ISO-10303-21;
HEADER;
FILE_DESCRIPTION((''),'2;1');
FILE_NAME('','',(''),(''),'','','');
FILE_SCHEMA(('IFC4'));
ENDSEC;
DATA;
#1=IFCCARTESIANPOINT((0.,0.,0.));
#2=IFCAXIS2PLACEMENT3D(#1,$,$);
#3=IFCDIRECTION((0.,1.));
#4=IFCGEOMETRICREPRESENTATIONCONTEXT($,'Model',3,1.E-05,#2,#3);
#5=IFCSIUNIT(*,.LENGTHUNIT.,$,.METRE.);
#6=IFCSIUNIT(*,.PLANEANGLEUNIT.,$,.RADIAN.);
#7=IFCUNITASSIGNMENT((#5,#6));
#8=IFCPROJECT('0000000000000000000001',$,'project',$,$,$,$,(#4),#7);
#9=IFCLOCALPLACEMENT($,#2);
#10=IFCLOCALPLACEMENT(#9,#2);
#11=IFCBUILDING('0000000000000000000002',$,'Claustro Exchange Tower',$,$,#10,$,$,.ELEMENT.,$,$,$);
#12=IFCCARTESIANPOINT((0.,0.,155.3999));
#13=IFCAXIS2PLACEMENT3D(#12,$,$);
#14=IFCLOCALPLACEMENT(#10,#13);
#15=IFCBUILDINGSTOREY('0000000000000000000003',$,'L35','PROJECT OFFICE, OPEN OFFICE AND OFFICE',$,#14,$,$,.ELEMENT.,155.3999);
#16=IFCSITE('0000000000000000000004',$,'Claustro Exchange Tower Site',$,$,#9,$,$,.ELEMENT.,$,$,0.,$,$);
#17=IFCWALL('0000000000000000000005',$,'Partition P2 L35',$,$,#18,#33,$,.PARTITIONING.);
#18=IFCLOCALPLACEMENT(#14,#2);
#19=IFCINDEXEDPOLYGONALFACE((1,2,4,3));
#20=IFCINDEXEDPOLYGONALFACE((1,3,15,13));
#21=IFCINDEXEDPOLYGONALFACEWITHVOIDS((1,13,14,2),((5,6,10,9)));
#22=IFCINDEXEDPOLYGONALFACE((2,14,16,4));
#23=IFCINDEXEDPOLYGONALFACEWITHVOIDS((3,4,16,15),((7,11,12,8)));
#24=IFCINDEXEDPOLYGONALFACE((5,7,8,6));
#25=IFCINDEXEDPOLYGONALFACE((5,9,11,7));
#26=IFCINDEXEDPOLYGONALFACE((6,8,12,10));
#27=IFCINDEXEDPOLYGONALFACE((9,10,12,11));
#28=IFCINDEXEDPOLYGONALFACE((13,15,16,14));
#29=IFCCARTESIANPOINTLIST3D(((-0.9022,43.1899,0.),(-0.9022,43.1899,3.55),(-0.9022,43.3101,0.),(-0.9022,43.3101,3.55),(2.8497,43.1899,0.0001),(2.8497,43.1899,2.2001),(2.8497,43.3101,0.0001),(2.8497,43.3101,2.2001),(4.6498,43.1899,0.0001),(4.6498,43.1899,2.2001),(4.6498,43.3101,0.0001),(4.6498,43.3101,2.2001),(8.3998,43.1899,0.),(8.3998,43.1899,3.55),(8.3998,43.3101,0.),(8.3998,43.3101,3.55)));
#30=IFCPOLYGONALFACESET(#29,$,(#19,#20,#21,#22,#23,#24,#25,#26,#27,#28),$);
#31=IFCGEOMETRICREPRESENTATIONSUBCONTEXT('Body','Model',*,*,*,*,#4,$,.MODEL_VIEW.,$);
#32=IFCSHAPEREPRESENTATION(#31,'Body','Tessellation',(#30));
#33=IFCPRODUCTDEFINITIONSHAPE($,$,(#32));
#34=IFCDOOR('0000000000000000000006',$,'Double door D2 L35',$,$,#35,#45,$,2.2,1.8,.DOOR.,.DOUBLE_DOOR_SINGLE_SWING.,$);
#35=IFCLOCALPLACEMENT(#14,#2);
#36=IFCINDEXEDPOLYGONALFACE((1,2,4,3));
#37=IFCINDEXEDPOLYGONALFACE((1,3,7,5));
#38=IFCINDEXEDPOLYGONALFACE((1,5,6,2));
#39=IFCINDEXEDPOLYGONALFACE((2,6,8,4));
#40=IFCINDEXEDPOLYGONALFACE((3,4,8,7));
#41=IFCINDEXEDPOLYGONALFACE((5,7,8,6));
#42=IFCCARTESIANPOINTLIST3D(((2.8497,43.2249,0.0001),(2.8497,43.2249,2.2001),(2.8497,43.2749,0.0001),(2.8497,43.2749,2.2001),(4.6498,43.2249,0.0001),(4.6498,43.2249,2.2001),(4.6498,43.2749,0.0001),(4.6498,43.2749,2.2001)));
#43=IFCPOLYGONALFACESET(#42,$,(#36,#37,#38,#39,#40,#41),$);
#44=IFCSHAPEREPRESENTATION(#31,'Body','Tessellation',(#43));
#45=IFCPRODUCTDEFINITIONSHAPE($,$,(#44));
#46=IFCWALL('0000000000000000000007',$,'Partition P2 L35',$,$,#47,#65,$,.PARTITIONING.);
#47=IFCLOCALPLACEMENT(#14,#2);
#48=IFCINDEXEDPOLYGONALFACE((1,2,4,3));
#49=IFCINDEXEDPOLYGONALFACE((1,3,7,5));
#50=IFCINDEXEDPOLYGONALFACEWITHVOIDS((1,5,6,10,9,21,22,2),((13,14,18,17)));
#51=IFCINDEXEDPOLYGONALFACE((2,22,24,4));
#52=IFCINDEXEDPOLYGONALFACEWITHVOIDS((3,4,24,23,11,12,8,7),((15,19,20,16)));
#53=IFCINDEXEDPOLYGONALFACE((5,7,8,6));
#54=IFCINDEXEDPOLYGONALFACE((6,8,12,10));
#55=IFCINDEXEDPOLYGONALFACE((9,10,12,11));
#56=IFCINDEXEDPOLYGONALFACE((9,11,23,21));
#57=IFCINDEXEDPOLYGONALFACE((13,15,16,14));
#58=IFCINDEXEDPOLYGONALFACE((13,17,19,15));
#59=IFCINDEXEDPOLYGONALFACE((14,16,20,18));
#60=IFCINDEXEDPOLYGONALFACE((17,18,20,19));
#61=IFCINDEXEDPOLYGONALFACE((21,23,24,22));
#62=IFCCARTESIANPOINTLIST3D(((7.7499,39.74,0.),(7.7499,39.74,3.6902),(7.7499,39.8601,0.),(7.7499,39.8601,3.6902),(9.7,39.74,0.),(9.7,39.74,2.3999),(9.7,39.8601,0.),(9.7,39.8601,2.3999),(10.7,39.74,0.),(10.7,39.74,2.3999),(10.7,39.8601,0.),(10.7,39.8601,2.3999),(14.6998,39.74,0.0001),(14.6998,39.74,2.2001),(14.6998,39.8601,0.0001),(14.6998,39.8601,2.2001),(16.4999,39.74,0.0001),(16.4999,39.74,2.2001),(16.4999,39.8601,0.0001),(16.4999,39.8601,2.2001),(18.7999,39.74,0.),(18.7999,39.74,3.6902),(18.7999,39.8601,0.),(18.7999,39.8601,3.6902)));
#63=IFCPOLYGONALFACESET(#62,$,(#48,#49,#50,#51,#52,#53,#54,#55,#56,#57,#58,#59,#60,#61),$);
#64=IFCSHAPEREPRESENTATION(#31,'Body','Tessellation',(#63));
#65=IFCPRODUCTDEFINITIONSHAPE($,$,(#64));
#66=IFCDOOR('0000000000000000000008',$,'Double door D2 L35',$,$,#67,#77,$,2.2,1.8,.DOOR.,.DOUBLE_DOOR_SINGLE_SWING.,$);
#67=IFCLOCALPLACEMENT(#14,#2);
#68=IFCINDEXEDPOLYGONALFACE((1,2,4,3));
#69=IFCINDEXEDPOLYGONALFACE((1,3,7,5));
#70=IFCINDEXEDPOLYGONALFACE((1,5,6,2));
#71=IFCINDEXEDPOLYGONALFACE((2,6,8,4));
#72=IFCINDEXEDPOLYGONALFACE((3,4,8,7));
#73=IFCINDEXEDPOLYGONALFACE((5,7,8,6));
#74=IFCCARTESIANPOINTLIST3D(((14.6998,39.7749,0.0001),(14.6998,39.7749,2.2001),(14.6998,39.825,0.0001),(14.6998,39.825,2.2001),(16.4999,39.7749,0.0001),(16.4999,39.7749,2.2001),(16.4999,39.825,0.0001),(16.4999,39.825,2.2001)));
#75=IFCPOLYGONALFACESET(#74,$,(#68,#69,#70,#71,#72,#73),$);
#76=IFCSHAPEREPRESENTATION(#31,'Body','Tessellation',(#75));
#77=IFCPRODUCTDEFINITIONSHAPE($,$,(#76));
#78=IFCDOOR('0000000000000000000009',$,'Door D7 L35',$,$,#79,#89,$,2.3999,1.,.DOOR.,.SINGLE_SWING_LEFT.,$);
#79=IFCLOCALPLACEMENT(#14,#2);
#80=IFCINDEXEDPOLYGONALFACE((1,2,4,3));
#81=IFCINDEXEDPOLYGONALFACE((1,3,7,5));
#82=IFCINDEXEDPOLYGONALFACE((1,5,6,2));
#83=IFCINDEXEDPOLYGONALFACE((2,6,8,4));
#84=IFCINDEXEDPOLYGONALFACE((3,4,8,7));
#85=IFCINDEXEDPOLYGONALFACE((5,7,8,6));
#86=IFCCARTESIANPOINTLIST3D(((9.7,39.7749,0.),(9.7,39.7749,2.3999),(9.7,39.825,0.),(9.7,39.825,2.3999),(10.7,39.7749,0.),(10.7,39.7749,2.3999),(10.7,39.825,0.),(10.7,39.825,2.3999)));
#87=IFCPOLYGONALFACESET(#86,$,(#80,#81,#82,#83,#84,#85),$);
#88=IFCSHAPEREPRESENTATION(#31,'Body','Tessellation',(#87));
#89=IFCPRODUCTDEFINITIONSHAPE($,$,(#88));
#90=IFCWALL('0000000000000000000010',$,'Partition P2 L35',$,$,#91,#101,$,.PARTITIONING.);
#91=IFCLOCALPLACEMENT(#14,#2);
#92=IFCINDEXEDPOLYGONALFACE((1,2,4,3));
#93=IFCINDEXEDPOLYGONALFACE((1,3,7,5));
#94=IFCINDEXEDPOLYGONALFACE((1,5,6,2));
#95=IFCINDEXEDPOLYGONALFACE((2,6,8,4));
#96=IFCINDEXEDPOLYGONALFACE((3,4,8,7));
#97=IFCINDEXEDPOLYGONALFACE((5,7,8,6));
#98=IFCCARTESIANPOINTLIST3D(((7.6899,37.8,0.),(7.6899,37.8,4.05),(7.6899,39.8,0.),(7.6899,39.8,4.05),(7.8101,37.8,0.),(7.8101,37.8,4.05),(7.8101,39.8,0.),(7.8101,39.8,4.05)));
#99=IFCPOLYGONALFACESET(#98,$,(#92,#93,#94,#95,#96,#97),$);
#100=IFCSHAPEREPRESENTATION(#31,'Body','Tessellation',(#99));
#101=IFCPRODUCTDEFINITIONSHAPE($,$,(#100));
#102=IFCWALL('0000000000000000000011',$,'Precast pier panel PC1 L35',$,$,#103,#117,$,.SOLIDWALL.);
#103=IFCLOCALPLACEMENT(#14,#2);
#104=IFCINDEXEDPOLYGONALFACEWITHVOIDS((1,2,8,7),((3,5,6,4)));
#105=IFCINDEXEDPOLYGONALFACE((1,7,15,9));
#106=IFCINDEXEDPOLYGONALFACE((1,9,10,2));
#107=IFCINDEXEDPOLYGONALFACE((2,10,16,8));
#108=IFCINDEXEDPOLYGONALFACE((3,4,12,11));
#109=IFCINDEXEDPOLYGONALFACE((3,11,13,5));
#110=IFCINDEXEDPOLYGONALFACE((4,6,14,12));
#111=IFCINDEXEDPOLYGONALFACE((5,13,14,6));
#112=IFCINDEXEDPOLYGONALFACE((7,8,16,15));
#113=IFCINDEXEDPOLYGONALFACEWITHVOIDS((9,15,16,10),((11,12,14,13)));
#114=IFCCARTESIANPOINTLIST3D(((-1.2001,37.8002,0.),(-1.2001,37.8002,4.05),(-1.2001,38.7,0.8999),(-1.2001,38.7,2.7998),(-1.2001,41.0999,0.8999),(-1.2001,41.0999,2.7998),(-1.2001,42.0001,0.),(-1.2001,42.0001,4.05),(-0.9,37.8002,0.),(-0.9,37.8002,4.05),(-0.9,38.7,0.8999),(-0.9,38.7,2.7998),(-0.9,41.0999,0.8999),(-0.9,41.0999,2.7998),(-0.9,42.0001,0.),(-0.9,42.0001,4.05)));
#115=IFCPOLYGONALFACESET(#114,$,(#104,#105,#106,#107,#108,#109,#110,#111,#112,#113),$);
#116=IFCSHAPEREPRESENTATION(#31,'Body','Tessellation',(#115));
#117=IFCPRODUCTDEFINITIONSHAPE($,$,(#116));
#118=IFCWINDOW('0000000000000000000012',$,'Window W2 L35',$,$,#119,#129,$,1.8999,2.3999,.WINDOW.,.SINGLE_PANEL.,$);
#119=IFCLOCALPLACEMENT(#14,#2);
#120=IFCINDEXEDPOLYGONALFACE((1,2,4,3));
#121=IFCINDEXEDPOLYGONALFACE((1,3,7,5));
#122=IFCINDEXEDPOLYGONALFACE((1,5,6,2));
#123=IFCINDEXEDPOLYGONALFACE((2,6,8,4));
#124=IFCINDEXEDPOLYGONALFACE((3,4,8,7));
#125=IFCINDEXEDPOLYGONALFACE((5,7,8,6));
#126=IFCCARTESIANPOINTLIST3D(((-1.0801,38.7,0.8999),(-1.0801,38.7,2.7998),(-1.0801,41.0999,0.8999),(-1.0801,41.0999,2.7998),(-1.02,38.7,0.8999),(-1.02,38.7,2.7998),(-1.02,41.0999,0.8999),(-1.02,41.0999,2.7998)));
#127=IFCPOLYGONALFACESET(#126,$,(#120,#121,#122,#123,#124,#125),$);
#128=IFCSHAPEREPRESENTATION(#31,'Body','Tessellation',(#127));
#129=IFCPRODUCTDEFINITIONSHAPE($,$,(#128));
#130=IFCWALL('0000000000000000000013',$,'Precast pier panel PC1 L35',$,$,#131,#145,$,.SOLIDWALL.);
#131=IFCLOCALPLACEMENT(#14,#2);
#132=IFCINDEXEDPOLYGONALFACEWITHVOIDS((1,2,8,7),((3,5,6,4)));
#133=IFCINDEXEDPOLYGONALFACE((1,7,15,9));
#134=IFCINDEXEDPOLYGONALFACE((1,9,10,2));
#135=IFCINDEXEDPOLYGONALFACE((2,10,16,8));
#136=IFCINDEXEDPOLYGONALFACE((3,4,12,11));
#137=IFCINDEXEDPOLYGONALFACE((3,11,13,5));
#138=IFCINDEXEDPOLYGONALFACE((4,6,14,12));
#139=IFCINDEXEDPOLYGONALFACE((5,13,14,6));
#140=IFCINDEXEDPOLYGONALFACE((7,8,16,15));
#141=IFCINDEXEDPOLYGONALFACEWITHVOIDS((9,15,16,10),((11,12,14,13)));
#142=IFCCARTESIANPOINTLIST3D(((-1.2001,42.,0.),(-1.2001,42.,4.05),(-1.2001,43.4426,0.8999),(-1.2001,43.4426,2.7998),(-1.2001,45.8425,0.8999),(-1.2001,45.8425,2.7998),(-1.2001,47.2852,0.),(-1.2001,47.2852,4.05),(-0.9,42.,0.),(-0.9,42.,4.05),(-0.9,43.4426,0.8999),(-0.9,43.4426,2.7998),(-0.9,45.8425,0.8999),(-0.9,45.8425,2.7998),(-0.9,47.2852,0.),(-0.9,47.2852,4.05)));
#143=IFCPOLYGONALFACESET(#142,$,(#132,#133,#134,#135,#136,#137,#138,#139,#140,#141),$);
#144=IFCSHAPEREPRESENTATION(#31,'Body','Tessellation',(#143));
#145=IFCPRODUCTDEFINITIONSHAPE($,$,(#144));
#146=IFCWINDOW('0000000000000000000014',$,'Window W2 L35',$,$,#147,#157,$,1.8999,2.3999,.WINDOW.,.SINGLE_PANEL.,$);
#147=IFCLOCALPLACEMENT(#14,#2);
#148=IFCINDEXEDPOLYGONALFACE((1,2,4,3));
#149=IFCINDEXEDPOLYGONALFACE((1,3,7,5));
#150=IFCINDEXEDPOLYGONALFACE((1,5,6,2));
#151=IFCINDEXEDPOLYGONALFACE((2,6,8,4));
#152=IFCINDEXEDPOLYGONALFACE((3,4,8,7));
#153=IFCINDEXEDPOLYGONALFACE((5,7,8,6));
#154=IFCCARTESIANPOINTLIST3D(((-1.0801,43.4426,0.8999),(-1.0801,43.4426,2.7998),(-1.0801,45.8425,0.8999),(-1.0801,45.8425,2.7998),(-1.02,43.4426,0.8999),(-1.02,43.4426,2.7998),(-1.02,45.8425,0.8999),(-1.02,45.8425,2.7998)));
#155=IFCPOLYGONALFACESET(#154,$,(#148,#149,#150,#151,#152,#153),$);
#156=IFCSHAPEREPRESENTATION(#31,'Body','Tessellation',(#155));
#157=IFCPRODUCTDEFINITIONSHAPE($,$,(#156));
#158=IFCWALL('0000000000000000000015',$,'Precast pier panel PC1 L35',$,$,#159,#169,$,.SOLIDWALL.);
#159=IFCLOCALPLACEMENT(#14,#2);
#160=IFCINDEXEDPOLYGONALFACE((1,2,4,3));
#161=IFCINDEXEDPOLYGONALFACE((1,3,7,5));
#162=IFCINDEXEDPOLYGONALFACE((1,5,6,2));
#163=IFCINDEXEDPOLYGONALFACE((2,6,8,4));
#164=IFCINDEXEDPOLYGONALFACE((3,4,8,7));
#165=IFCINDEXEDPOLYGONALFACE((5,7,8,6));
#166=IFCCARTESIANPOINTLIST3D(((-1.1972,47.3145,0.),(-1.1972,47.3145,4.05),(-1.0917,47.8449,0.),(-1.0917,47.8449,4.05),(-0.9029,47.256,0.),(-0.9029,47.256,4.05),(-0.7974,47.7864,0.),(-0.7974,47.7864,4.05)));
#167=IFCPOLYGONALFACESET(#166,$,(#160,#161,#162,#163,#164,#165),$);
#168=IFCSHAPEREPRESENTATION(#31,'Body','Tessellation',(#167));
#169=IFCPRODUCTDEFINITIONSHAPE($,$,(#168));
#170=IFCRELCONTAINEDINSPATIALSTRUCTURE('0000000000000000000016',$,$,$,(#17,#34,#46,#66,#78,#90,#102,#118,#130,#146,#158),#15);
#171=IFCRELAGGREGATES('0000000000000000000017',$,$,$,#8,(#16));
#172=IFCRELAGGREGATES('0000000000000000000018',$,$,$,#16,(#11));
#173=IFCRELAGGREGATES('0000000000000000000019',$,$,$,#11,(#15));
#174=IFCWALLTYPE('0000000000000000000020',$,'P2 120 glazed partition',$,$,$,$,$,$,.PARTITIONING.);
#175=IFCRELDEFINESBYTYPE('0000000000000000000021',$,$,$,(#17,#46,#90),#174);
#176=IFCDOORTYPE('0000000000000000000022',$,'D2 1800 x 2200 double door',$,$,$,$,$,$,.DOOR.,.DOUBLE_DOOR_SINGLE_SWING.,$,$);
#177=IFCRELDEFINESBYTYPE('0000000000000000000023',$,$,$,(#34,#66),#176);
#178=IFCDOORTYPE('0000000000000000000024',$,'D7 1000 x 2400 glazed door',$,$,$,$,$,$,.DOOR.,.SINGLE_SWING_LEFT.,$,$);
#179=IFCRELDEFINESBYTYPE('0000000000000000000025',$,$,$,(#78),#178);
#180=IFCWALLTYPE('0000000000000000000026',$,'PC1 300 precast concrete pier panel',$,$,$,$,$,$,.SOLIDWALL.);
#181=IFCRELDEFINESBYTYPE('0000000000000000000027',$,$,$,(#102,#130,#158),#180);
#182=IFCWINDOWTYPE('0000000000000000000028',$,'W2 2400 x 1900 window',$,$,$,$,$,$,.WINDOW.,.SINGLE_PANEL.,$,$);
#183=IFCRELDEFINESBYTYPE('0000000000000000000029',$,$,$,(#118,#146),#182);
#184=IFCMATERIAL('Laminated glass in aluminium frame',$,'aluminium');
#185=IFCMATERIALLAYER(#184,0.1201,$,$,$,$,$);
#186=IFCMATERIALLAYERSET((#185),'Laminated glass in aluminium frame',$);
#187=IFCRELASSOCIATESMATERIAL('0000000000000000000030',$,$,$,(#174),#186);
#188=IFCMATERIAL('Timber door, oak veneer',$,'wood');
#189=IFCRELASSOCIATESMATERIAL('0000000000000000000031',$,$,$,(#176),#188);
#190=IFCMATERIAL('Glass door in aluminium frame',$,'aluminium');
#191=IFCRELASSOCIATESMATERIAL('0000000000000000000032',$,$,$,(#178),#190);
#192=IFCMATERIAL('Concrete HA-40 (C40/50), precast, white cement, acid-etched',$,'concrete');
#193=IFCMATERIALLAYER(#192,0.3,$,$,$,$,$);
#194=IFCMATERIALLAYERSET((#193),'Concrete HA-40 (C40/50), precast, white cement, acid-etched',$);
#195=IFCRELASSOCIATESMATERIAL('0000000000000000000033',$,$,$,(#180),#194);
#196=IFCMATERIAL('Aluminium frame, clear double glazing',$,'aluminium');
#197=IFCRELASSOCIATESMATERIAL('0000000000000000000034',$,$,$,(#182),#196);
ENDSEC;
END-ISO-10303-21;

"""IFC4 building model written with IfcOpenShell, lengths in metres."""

from ifc_helpers import new_model, si_unit, direction, frame, frame_2d, origin, place, context, subcontext, project, spatial, rectangle, extrude, material, layer, layer_set, type_object, element, fill, save


model = new_model("IFC4")

# Units and contexts
model_context = context("Model", 3, precision=1e-05, world=origin(), true_north=direction((0.0, 1.0)))
body_context = subcontext(model_context, "Body", "Model", "MODEL_VIEW")
ifc_project = project(units=[si_unit("LENGTHUNIT", "METRE"), si_unit("PLANEANGLEUNIT", "RADIAN")], contexts=[model_context])

# Site, building, storey
site_placement = place(None, origin())
site = spatial("IfcSite", under=ifc_project, at=site_placement, Name="Claustro Exchange Tower Site", CompositionType="ELEMENT", RefElevation=0.0)
building_placement = place(site_placement, origin())
building = spatial("IfcBuilding", under=site, at=building_placement, Name="Claustro Exchange Tower", CompositionType="ELEMENT")
storey_placement = place(building_placement, frame((0.0, 0.0, 155.3999)))
storey = spatial("IfcBuildingStorey", under=building, at=storey_placement, Name="L35", Description="PROJECT OFFICE, OPEN OFFICE AND OFFICE", CompositionType="ELEMENT", Elevation=155.3999)

# Wall, opening, door
ifc_material_1 = material(Name="Laminated glass in aluminium frame", Category="aluminium")
ifc_layer_1 = layer(ifc_material_1, 0.1201)
ifc_layer_set_1 = layer_set([ifc_layer_1], Name="Laminated glass in aluminium frame")
wall_type_1 = type_object("IfcWallType", Name="P2 120 glazed partition", PredefinedType="PARTITIONING", material=ifc_layer_set_1)
wall_1_placement = place(storey_placement, frame((-0.9021, 43.25, 0.0), z_axis=(0.0, 0.0, 1.0), x_axis=(1.0, 0.0, 0.0)))
wall_1 = element("IfcWall", 1, at=wall_1_placement, inside=storey, type_object=wall_type_1, Name="Partition P2 L35", PredefinedType="PARTITIONING", context=body_context, shape_type="SweptSolid", body=[
    extrude(rectangle(XDim=9.302, YDim=0.1201, at=frame_2d((4.6509, 0.0))), origin(), (0.0, 0.0, 1.0), 3.55),
])
opening_1_placement = place(wall_1_placement, frame((3.752, 0.0, 0.0)))
opening_1 = element("IfcOpeningElement", 2, at=opening_1_placement, cuts=wall_1, PredefinedType="OPENING", context=body_context, shape_type="SweptSolid", body=[
    extrude(rectangle(XDim=1.8, YDim=2.2, at=frame_2d((0.8999, 1.1001))), frame((0.0, 0.0701, 0.0), z_axis=(0.0, -1.0, 0.0), x_axis=(1.0, 0.0, 0.0)), (0.0, 0.0, 1.0), 0.1401),
])
ifc_material_2 = material(Name="Timber door, oak veneer", Category="wood")
door_type_1 = type_object("IfcDoorType", Name="D2 1800 x 2200 double door", OperationType="DOUBLE_DOOR_SINGLE_SWING", PredefinedType="DOOR", material=ifc_material_2)
door_1_placement = place(opening_1_placement, origin())
door_1 = element("IfcDoor", 3, at=door_1_placement, inside=storey, type_object=door_type_1, Name="Double door D2 L35", OperationType="DOUBLE_DOOR_SINGLE_SWING", OverallHeight=2.2, OverallWidth=1.8, PredefinedType="DOOR", context=body_context, shape_type="SweptSolid", body=[
    extrude(rectangle(XDim=1.8, YDim=2.2, at=frame_2d((0.8999, 1.1001))), frame((0.0, 0.0249, 0.0), z_axis=(0.0, -1.0, 0.0), x_axis=(1.0, 0.0, 0.0)), (0.0, 0.0, 1.0), 0.05),
])
fill(opening_1, door_1)

# Wall, openings, doors
wall_2_placement = place(storey_placement, frame((7.75, 39.8, 0.0), z_axis=(0.0, 0.0, 1.0), x_axis=(1.0, 0.0, 0.0)))
wall_2 = element("IfcWall", 4, at=wall_2_placement, inside=storey, type_object=wall_type_1, Name="Partition P2 L35", PredefinedType="PARTITIONING", context=body_context, shape_type="SweptSolid", body=[
    extrude(rectangle(XDim=11.05, YDim=0.1201, at=frame_2d((5.5249, 0.0))), origin(), (0.0, 0.0, 1.0), 3.6902),
])
opening_2_placement = place(wall_2_placement, frame((1.95, 0.0, 0.0)))
opening_2 = element("IfcOpeningElement", 5, at=opening_2_placement, cuts=wall_2, PredefinedType="OPENING", context=body_context, shape_type="SweptSolid", body=[
    extrude(rectangle(XDim=1.0, YDim=2.3999, at=frame_2d((0.5, 1.2))), frame((0.0, 0.0701, 0.0), z_axis=(0.0, -1.0, 0.0), x_axis=(1.0, 0.0, 0.0)), (0.0, 0.0, 1.0), 0.1401),
])
opening_3_placement = place(wall_2_placement, frame((6.95, 0.0, 0.0)))
opening_3 = element("IfcOpeningElement", 6, at=opening_3_placement, cuts=wall_2, PredefinedType="OPENING", context=body_context, shape_type="SweptSolid", body=[
    extrude(rectangle(XDim=1.8, YDim=2.2, at=frame_2d((0.8999, 1.1001))), frame((0.0, 0.0701, 0.0), z_axis=(0.0, -1.0, 0.0), x_axis=(1.0, 0.0, 0.0)), (0.0, 0.0, 1.0), 0.1401),
])
door_2_placement = place(opening_3_placement, origin())
door_2 = element("IfcDoor", 7, at=door_2_placement, inside=storey, type_object=door_type_1, Name="Double door D2 L35", OperationType="DOUBLE_DOOR_SINGLE_SWING", OverallHeight=2.2, OverallWidth=1.8, PredefinedType="DOOR", context=body_context, shape_type="SweptSolid", body=[
    extrude(rectangle(XDim=1.8, YDim=2.2, at=frame_2d((0.8999, 1.1001))), frame((0.0, 0.0249, 0.0), z_axis=(0.0, -1.0, 0.0), x_axis=(1.0, 0.0, 0.0)), (0.0, 0.0, 1.0), 0.05),
])
fill(opening_3, door_2)
ifc_material_3 = material(Name="Glass door in aluminium frame", Category="aluminium")
door_type_2 = type_object("IfcDoorType", Name="D7 1000 x 2400 glazed door", OperationType="SINGLE_SWING_LEFT", PredefinedType="DOOR", material=ifc_material_3)
door_3_placement = place(opening_2_placement, origin())
door_3 = element("IfcDoor", 8, at=door_3_placement, inside=storey, type_object=door_type_2, Name="Door D7 L35", OperationType="SINGLE_SWING_LEFT", OverallHeight=2.3999, OverallWidth=1.0, PredefinedType="DOOR", context=body_context, shape_type="SweptSolid", body=[
    extrude(rectangle(XDim=1.0, YDim=2.3999, at=frame_2d((0.5, 1.2))), frame((0.0, 0.0249, 0.0), z_axis=(0.0, -1.0, 0.0), x_axis=(1.0, 0.0, 0.0)), (0.0, 0.0, 1.0), 0.05),
])
fill(opening_2, door_3)

# Wall
wall_3_placement = place(storey_placement, frame((7.75, 37.8, 0.0), z_axis=(0.0, 0.0, 1.0), x_axis=(0.0, 1.0, 0.0)))
element("IfcWall", 9, at=wall_3_placement, inside=storey, type_object=wall_type_1, Name="Partition P2 L35", PredefinedType="PARTITIONING", context=body_context, shape_type="SweptSolid", body=[
    extrude(rectangle(XDim=2.0, YDim=0.1201, at=frame_2d((1.0, 0.0))), origin(), (0.0, 0.0, 1.0), 4.05),
])

# Walls, openings, windows
ifc_material_4 = material(Name="Concrete HA-40 (C40/50), precast, white cement, acid-etched", Category="concrete")
ifc_layer_2 = layer(ifc_material_4, 0.3)
ifc_layer_set_2 = layer_set([ifc_layer_2], Name="Concrete HA-40 (C40/50), precast, white cement, acid-etched")
wall_type_2 = type_object("IfcWallType", Name="PC1 300 precast concrete pier panel", PredefinedType="SOLIDWALL", material=ifc_layer_set_2)
wall_4_placement = place(storey_placement, frame((-1.05, 37.8, 0.0), z_axis=(0.0, 0.0, 1.0), x_axis=(0.0, 1.0, 0.0)))
wall_4 = element("IfcWall", 10, at=wall_4_placement, inside=storey, type_object=wall_type_2, Name="Precast pier panel PC1 L35", PredefinedType="SOLIDWALL", context=body_context, shape_type="SweptSolid", body=[
    extrude(rectangle(XDim=4.2, YDim=0.3, at=frame_2d((2.1001, 0.0))), origin(), (0.0, 0.0, 1.0), 4.05),
])
opening_4_placement = place(wall_4_placement, frame((0.8999, 0.0, 0.8999)))
opening_4 = element("IfcOpeningElement", 11, at=opening_4_placement, cuts=wall_4, PredefinedType="OPENING", context=body_context, shape_type="SweptSolid", body=[
    extrude(rectangle(XDim=2.3999, YDim=1.8999, at=frame_2d((1.2, 0.95))), frame((0.0, 0.1599, 0.0), z_axis=(0.0, -1.0, 0.0), x_axis=(1.0, 0.0, 0.0)), (0.0, 0.0, 1.0), 0.3201),
])
ifc_material_5 = material(Name="Aluminium frame, clear double glazing", Category="aluminium")
window_type_1 = type_object("IfcWindowType", Name="W2 2400 x 1900 window", PartitioningType="SINGLE_PANEL", PredefinedType="WINDOW", material=ifc_material_5)
window_1_placement = place(opening_4_placement, origin())
window_1 = element("IfcWindow", 12, at=window_1_placement, inside=storey, type_object=window_type_1, Name="Window W2 L35", OverallHeight=1.8999, OverallWidth=2.3999, PartitioningType="SINGLE_PANEL", PredefinedType="WINDOW", context=body_context, shape_type="SweptSolid", body=[
    extrude(rectangle(XDim=2.3999, YDim=1.8999, at=frame_2d((1.2, 0.95))), frame((0.0, 0.03, 0.0), z_axis=(0.0, -1.0, 0.0), x_axis=(1.0, 0.0, 0.0)), (0.0, 0.0, 1.0), 0.0601),
])
fill(opening_4, window_1)
wall_5_placement = place(storey_placement, frame((-1.05, 42.0, 0.0), z_axis=(0.0, 0.0, 1.0), x_axis=(0.0, 1.0, 0.0)))
wall_5 = element("IfcWall", 13, at=wall_5_placement, inside=storey, type_object=wall_type_2, Name="Precast pier panel PC1 L35", PredefinedType="SOLIDWALL", context=body_context, shape_type="SweptSolid", body=[
    extrude(rectangle(XDim=5.2852, YDim=0.3, at=frame_2d((2.6426, 0.0))), origin(), (0.0, 0.0, 1.0), 4.05),
])
opening_5_placement = place(wall_5_placement, frame((1.4426, 0.0, 0.8999)))
opening_5 = element("IfcOpeningElement", 14, at=opening_5_placement, cuts=wall_5, PredefinedType="OPENING", context=body_context, shape_type="SweptSolid", body=[
    extrude(rectangle(XDim=2.3999, YDim=1.8999, at=frame_2d((1.2, 0.95))), frame((0.0, 0.1599, 0.0), z_axis=(0.0, -1.0, 0.0), x_axis=(1.0, 0.0, 0.0)), (0.0, 0.0, 1.0), 0.3201),
])
window_2_placement = place(opening_5_placement, origin())
window_2 = element("IfcWindow", 15, at=window_2_placement, inside=storey, type_object=window_type_1, Name="Window W2 L35", OverallHeight=1.8999, OverallWidth=2.3999, PartitioningType="SINGLE_PANEL", PredefinedType="WINDOW", context=body_context, shape_type="SweptSolid", body=[
    extrude(rectangle(XDim=2.3999, YDim=1.8999, at=frame_2d((1.2, 0.95))), frame((0.0, 0.03, 0.0), z_axis=(0.0, -1.0, 0.0), x_axis=(1.0, 0.0, 0.0)), (0.0, 0.0, 1.0), 0.0601),
])
fill(opening_5, window_2)

# Wall
wall_6_placement = place(storey_placement, frame((-1.05, 47.2852, 0.0), z_axis=(0.0, 0.0, 1.0), x_axis=(0.195074, 0.980789, 0.0)))
element("IfcWall", 16, at=wall_6_placement, inside=storey, type_object=wall_type_2, Name="Precast pier panel PC1 L35", PredefinedType="SOLIDWALL", context=body_context, shape_type="SweptSolid", body=[
    extrude(rectangle(XDim=0.5408, YDim=0.3, at=frame_2d((0.2705, 0.0))), origin(), (0.0, 0.0, 1.0), 4.05),
])

save(model, "model.ifc")
